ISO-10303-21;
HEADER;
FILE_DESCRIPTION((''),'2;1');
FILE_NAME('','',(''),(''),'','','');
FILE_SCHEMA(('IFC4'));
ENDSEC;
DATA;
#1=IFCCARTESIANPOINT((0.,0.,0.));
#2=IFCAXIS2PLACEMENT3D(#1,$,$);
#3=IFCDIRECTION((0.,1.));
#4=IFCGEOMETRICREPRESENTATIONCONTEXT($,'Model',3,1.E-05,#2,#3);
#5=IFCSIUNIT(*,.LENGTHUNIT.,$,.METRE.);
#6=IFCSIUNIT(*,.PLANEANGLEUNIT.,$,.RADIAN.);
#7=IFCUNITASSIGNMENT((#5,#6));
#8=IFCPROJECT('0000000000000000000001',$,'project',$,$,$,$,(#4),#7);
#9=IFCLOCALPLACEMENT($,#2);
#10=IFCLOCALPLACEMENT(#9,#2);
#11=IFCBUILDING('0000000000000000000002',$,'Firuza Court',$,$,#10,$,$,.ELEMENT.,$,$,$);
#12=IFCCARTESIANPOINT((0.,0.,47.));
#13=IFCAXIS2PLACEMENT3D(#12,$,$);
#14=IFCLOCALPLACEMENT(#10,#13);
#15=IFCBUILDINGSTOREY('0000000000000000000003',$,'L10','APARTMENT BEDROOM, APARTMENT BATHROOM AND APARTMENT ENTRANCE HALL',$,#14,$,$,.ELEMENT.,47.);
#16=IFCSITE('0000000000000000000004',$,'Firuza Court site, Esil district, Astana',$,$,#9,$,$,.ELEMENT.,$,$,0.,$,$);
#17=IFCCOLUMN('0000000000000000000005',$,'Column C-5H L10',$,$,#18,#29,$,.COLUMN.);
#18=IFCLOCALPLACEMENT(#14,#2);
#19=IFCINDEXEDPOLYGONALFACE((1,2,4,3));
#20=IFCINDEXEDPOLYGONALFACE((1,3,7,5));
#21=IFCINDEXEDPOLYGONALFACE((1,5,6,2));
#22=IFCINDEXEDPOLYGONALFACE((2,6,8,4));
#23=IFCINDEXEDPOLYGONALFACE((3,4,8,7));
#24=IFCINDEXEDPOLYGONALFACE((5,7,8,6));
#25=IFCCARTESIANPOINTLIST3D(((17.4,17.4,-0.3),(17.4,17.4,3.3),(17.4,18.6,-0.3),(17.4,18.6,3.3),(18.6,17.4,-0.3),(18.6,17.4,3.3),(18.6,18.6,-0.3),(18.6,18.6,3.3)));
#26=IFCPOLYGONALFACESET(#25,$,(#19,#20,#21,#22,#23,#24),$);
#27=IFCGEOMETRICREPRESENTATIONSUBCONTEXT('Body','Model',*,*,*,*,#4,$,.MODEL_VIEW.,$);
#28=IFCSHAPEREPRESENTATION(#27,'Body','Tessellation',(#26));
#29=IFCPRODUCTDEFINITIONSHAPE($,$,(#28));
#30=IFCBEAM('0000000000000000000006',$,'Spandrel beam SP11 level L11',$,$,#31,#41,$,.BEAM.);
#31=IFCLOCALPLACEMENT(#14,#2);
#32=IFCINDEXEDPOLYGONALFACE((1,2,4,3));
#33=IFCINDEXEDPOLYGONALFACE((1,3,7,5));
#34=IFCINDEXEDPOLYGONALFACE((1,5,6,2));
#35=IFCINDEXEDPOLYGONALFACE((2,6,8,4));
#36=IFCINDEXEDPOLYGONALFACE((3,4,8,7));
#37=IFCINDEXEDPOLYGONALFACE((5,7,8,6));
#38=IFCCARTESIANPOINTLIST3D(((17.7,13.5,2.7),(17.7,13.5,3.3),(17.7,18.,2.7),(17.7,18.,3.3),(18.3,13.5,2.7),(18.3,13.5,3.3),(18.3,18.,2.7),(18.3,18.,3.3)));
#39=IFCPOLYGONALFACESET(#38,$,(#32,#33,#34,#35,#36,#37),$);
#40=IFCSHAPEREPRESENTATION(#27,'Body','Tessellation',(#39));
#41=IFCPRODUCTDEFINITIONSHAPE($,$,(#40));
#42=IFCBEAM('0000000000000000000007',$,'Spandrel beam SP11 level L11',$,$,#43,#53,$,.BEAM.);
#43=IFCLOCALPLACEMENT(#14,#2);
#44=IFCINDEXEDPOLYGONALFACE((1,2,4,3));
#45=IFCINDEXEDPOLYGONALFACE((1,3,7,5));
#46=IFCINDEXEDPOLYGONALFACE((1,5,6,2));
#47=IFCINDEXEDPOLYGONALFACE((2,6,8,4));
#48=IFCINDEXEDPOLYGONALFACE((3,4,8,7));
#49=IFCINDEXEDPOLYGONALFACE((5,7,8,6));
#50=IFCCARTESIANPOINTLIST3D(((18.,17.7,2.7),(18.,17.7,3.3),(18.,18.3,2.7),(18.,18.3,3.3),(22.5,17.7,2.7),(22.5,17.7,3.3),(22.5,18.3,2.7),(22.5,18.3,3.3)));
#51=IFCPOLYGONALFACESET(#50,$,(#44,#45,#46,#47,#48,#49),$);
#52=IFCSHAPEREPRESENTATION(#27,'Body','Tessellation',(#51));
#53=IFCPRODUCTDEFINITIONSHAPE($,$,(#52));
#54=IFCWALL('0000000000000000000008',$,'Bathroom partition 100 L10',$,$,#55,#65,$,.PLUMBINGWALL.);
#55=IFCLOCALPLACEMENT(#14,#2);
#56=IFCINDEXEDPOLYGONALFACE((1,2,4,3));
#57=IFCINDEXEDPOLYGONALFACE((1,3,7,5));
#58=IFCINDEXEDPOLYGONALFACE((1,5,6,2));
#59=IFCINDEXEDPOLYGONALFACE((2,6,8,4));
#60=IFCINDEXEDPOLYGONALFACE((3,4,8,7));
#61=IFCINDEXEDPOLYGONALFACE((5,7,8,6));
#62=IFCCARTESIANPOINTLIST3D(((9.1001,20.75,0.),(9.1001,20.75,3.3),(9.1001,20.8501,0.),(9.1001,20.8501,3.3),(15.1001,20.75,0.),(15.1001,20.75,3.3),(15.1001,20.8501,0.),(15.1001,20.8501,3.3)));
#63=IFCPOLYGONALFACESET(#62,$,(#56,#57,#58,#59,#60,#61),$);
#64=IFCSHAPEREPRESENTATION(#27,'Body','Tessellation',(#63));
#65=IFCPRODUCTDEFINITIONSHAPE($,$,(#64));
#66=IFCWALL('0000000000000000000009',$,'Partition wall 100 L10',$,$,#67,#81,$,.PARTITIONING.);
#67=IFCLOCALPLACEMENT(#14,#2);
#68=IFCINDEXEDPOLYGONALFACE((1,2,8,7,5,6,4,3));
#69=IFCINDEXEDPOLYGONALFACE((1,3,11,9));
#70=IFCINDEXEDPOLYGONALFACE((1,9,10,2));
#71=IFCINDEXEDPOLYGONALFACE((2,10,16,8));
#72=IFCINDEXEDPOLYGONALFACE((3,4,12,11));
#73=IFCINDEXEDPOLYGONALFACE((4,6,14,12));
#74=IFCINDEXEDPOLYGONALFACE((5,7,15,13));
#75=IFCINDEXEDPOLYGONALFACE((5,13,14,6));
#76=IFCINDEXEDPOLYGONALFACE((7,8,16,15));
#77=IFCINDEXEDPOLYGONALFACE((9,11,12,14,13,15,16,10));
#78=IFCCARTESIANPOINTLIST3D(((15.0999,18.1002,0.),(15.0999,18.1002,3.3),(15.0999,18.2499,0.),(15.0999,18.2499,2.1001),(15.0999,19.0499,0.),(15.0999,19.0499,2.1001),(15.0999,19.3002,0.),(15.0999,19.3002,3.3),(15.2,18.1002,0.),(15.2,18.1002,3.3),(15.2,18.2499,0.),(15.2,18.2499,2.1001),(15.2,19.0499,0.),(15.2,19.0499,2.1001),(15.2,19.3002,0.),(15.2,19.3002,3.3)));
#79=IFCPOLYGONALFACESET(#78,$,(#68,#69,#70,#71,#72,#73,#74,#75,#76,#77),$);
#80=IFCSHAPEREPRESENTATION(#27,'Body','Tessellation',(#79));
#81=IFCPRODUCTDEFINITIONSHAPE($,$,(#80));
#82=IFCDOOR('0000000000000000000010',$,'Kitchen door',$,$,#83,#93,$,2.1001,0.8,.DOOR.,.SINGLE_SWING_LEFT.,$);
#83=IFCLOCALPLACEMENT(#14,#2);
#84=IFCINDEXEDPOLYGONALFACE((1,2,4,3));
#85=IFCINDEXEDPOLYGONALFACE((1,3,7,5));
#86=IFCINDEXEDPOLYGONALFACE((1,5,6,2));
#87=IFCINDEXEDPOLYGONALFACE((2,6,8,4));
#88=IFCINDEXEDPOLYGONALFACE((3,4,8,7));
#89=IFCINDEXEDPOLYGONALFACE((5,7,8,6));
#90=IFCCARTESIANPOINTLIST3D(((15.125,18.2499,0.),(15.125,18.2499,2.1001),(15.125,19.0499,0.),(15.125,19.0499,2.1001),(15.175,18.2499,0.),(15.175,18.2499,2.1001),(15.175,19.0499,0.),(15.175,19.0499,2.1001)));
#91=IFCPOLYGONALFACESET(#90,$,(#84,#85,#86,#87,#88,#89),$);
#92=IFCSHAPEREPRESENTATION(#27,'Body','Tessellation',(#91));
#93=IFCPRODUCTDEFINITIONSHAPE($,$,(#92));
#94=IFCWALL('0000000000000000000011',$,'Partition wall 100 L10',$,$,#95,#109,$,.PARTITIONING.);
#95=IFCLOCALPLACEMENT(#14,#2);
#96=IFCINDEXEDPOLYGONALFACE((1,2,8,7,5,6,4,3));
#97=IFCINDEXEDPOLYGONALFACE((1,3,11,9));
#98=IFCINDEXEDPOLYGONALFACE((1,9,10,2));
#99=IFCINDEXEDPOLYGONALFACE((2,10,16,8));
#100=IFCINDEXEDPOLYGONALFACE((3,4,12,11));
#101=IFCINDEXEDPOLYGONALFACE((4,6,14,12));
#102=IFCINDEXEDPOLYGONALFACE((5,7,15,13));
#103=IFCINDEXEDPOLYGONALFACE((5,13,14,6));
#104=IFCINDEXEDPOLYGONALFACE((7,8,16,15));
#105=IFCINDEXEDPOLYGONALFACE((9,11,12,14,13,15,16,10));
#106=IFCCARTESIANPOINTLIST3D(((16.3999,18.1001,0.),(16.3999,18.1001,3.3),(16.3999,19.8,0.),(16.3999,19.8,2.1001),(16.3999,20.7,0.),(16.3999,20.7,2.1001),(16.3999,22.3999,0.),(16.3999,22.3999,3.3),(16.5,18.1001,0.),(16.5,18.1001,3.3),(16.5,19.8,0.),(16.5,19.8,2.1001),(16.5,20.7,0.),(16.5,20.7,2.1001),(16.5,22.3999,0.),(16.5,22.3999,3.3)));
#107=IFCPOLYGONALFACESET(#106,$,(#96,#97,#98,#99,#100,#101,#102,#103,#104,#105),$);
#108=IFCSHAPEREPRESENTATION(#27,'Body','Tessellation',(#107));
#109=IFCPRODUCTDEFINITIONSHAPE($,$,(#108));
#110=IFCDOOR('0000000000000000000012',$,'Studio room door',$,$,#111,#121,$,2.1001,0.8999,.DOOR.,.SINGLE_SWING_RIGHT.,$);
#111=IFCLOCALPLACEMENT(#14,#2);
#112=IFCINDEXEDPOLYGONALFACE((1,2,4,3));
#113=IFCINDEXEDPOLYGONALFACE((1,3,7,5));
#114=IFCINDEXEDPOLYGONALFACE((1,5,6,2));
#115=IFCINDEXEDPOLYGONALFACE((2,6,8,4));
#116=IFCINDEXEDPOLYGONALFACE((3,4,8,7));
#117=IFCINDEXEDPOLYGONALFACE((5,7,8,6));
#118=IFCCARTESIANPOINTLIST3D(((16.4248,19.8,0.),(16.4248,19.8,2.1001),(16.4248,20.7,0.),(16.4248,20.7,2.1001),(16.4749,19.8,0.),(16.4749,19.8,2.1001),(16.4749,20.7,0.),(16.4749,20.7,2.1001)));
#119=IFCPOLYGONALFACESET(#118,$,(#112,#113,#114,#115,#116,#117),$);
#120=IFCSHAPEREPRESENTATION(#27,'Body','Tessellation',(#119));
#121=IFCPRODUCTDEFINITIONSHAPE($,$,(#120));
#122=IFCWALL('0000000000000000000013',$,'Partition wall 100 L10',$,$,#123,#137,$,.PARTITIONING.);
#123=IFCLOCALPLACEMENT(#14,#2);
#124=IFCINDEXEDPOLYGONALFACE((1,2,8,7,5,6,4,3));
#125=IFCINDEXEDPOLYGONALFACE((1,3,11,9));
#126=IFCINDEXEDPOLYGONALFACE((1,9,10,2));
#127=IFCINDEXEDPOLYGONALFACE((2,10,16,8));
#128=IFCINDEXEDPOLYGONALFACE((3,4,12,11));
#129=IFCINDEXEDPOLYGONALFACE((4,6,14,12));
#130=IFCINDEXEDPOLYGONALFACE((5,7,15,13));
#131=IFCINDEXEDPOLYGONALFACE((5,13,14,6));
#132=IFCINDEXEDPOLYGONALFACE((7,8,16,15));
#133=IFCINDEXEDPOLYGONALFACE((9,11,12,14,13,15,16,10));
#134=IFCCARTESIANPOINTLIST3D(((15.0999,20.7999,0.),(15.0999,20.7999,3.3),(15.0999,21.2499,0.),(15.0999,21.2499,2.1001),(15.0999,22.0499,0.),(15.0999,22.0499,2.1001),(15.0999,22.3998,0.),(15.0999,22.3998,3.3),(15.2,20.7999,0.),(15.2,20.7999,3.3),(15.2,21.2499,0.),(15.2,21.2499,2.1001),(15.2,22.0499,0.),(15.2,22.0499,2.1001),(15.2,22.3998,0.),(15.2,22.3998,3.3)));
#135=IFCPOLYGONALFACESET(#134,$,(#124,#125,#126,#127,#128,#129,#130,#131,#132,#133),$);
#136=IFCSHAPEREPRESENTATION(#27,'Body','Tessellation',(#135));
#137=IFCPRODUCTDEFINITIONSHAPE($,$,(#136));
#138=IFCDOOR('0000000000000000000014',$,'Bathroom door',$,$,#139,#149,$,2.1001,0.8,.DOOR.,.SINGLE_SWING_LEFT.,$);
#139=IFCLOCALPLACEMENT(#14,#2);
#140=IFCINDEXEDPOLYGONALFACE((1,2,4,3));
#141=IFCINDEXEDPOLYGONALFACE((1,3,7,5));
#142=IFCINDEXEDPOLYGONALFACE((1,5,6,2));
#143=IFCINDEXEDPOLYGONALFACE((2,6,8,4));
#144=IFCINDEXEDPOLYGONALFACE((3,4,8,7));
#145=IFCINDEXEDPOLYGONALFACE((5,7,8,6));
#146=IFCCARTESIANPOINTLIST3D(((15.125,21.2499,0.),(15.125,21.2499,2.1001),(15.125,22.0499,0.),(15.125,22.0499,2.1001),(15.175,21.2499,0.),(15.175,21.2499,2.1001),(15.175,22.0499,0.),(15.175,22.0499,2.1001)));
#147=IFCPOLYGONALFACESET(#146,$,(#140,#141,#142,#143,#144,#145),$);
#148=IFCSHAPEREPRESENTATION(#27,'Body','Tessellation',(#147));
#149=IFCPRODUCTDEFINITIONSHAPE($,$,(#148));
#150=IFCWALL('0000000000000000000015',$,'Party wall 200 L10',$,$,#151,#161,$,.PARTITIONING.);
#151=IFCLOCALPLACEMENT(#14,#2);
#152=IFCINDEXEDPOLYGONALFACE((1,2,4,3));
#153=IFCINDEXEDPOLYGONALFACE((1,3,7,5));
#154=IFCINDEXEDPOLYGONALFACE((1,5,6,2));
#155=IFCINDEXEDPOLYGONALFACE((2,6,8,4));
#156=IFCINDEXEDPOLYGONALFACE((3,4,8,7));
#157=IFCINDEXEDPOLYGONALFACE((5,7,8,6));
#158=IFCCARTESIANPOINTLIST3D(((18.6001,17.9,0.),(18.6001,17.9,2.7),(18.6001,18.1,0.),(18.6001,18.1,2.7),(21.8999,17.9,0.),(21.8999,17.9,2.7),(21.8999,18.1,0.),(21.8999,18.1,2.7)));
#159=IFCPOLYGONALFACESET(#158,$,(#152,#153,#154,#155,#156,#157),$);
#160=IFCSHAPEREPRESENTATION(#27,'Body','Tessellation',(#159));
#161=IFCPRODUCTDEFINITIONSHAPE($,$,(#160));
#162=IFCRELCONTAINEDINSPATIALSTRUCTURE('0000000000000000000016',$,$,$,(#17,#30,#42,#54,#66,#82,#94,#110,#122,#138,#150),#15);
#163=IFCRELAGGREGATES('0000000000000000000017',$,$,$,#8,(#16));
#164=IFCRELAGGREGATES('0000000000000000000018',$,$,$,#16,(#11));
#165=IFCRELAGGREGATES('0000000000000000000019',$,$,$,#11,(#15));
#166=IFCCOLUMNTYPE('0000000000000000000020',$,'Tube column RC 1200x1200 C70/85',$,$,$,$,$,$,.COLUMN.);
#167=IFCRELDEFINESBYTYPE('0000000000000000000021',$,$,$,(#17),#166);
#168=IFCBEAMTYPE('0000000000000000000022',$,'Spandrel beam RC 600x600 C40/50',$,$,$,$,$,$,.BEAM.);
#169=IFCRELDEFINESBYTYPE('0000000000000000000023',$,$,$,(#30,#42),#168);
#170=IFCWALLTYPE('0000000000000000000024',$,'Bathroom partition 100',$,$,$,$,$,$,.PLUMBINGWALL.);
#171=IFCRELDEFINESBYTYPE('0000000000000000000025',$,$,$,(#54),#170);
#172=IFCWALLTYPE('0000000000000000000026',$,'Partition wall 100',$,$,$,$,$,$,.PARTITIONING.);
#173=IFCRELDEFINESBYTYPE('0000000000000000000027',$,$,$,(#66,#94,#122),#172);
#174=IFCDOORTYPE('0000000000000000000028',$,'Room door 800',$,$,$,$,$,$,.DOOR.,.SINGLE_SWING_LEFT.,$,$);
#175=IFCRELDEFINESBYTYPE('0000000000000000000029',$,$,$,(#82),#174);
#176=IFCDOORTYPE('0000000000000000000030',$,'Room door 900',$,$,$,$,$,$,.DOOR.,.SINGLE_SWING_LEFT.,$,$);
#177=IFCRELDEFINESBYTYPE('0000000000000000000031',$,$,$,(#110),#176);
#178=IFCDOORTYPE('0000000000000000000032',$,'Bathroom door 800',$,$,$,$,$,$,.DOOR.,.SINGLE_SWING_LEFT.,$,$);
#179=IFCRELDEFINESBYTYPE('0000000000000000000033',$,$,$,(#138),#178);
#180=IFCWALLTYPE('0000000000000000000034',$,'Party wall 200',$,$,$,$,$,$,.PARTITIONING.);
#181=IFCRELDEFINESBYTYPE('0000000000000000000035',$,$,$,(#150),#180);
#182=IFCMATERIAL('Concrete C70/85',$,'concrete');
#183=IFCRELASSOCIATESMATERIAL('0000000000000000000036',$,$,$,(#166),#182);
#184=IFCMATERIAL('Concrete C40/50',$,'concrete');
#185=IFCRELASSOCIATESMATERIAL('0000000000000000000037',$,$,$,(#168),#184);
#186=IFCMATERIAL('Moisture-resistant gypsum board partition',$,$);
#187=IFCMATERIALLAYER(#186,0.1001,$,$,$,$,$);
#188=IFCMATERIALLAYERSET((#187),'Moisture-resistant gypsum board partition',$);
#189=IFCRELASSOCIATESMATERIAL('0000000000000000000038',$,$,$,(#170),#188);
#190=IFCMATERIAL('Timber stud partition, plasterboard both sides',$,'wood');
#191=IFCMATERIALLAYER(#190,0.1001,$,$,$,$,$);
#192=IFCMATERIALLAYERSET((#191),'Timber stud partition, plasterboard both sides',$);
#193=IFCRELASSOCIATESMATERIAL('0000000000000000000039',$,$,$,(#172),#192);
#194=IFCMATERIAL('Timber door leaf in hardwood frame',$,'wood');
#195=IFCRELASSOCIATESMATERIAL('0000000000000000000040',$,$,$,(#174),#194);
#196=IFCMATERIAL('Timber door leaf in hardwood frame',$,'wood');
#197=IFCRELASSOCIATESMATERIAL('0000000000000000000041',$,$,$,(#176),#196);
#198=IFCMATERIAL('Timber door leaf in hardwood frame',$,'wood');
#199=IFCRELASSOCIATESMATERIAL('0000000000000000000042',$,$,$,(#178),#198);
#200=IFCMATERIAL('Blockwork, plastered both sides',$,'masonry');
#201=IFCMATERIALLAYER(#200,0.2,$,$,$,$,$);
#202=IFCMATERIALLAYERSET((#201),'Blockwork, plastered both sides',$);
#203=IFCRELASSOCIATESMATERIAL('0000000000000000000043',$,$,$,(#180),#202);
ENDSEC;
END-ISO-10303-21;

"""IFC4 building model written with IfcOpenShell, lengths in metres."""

from ifc_helpers import new_model, si_unit, direction, frame, frame_2d, origin, origin_2d, place, context, subcontext, project, spatial, rectangle, extrude, material, layer, layer_set, material_profile, profile_set, type_object, element, fill, save


model = new_model("IFC4")

# Units and contexts
model_context = context("Model", 3, precision=1e-05, world=origin(), true_north=direction((0.0, 1.0)))
body_context = subcontext(model_context, "Body", "Model", "MODEL_VIEW")
ifc_project = project(units=[si_unit("LENGTHUNIT", "METRE"), si_unit("PLANEANGLEUNIT", "RADIAN")], contexts=[model_context])

# Site, building, storey
site_placement = place(None, origin())
site = spatial("IfcSite", under=ifc_project, at=site_placement, Name="Firuza Court site, Esil district, Astana", CompositionType="ELEMENT", RefElevation=0.0)
building_placement = place(site_placement, origin())
building = spatial("IfcBuilding", under=site, at=building_placement, Name="Firuza Court", CompositionType="ELEMENT")
storey_placement = place(building_placement, frame((0.0, 0.0, 47.0)))
storey = spatial("IfcBuildingStorey", under=building, at=storey_placement, Name="L10", Description="APARTMENT BEDROOM, APARTMENT BATHROOM AND APARTMENT ENTRANCE HALL", CompositionType="ELEMENT", Elevation=47.0)

# Column
ifc_material_1 = material(Name="Concrete C70/85", Category="concrete")
ifc_material_profile_1 = material_profile(ifc_material_1, rectangle(XDim=1.2, YDim=1.2, at=origin_2d()), Name="RC 1200x1200")
ifc_profile_set_1 = profile_set([ifc_material_profile_1], Name="Concrete C70/85")
column_type = type_object("IfcColumnType", Name="Tube column RC 1200x1200 C70/85", PredefinedType="COLUMN", material=ifc_profile_set_1)
column_placement = place(storey_placement, frame((18.0, 18.0, -0.3), z_axis=(0.0, 0.0, 1.0), x_axis=(1.0, 0.0, 0.0)))
element("IfcColumn", 1, at=column_placement, inside=storey, type_object=column_type, Name="Column C-5H L10", PredefinedType="COLUMN", context=body_context, shape_type="SweptSolid", body=[
    extrude(rectangle(XDim=1.2, YDim=1.2, at=origin_2d()), origin(), (0.0, 0.0, 1.0), 3.6001),
])

# Beams
ifc_material_2 = material(Name="Concrete C40/50", Category="concrete")
ifc_material_profile_2 = material_profile(ifc_material_2, rectangle(XDim=0.6001, YDim=0.6001, at=origin_2d()), Name="RC 600x600")
ifc_profile_set_2 = profile_set([ifc_material_profile_2], Name="Concrete C40/50")
beam_type = type_object("IfcBeamType", Name="Spandrel beam RC 600x600 C40/50", PredefinedType="BEAM", material=ifc_profile_set_2)
for number, where, z_axis, x_axis, name in (
    (2, (18.0, 13.5, 3.0), (0.0, 1.0, 0.0), (-1.0, 0.0, 0.0), "Spandrel beam SP11 level L11"),
    (3, (18.0, 18.0, 3.0), (1.0, 0.0, 0.0), (0.0, 1.0, 0.0), "Spandrel beam SP11 level L11"),
):
    element("IfcBeam", number, at=place(storey_placement, frame(where, z_axis=z_axis, x_axis=x_axis)), inside=storey, type_object=beam_type, Name=name, PredefinedType="BEAM", context=body_context, shape_type="SweptSolid", body=[
        extrude(rectangle(XDim=0.6001, YDim=0.6001, at=origin_2d()), origin(), (0.0, 0.0, 1.0), 4.5),
    ])

# Wall
ifc_material_3 = material(Name="Moisture-resistant gypsum board partition")
ifc_layer_1 = layer(ifc_material_3, 0.1001)
ifc_layer_set_1 = layer_set([ifc_layer_1], Name="Moisture-resistant gypsum board partition")
wall_type_1 = type_object("IfcWallType", Name="Bathroom partition 100", PredefinedType="PLUMBINGWALL", material=ifc_layer_set_1)
wall_1_placement = place(storey_placement, frame((9.1001, 20.8, 0.0), z_axis=(0.0, 0.0, 1.0), x_axis=(1.0, 0.0, 0.0)))
element("IfcWall", 4, at=wall_1_placement, inside=storey, type_object=wall_type_1, Name="Bathroom partition 100 L10", PredefinedType="PLUMBINGWALL", context=body_context, shape_type="SweptSolid", body=[
    extrude(rectangle(XDim=6.0, YDim=0.1001, at=frame_2d((3.0, 0.0))), origin(), (0.0, 0.0, 1.0), 3.3),
])

# Walls, openings, doors
ifc_material_4 = material(Name="Timber stud partition, plasterboard both sides", Category="wood")
ifc_layer_2 = layer(ifc_material_4, 0.1001)
ifc_layer_set_2 = layer_set([ifc_layer_2], Name="Timber stud partition, plasterboard both sides")
wall_type_2 = type_object("IfcWallType", Name="Partition wall 100", PredefinedType="PARTITIONING", material=ifc_layer_set_2)
wall_2_placement = place(storey_placement, frame((15.1499, 18.1001, 0.0), z_axis=(0.0, 0.0, 1.0), x_axis=(0.0, 1.0, 0.0)))
wall_2 = element("IfcWall", 5, at=wall_2_placement, inside=storey, type_object=wall_type_2, Name="Partition wall 100 L10", PredefinedType="PARTITIONING", context=body_context, shape_type="SweptSolid", body=[
    extrude(rectangle(XDim=1.2, YDim=0.1001, at=frame_2d((0.6001, 0.0))), origin(), (0.0, 0.0, 1.0), 3.3),
])
opening_1_placement = place(wall_2_placement, frame((0.1499, 0.0, 0.0)))
opening_1 = element("IfcOpeningElement", 6, at=opening_1_placement, cuts=wall_2, PredefinedType="OPENING", context=body_context, shape_type="SweptSolid", body=[
    extrude(rectangle(XDim=0.8, YDim=2.1001, at=frame_2d((0.3999, 1.05))), frame((0.0, 0.062, 0.0), z_axis=(0.0, -1.0, 0.0), x_axis=(1.0, 0.0, 0.0)), (0.0, 0.0, 1.0), 0.124),
])
ifc_material_5 = material(Name="Timber door leaf in hardwood frame", Category="wood")
door_type_1 = type_object("IfcDoorType", Name="Room door 800", OperationType="SINGLE_SWING_LEFT", PredefinedType="DOOR", material=ifc_material_5)
door_1_placement = place(opening_1_placement, origin())
door_1 = element("IfcDoor", 7, at=door_1_placement, inside=storey, type_object=door_type_1, Name="Kitchen door", OperationType="SINGLE_SWING_LEFT", OverallHeight=2.1001, OverallWidth=0.8, PredefinedType="DOOR", context=body_context, shape_type="SweptSolid", body=[
    extrude(rectangle(XDim=0.8, YDim=2.1001, at=frame_2d((0.3999, 1.05))), frame((0.0, 0.0249, 0.0), z_axis=(0.0, -1.0, 0.0), x_axis=(1.0, 0.0, 0.0)), (0.0, 0.0, 1.0), 0.05),
])
fill(opening_1, door_1)
wall_3_placement = place(storey_placement, frame((16.45, 18.1001, 0.0), z_axis=(0.0, 0.0, 1.0), x_axis=(0.0, 1.0, 0.0)))
wall_3 = element("IfcWall", 8, at=wall_3_placement, inside=storey, type_object=wall_type_2, Name="Partition wall 100 L10", PredefinedType="PARTITIONING", context=body_context, shape_type="SweptSolid", body=[
    extrude(rectangle(XDim=4.2998, YDim=0.1001, at=frame_2d((2.1499, 0.0))), origin(), (0.0, 0.0, 1.0), 3.3),
])
opening_2_placement = place(wall_3_placement, frame((1.7, 0.0, 0.0)))
opening_2 = element("IfcOpeningElement", 9, at=opening_2_placement, cuts=wall_3, PredefinedType="OPENING", context=body_context, shape_type="SweptSolid", body=[
    extrude(rectangle(XDim=0.8999, YDim=2.1001, at=frame_2d((0.45, 1.05))), frame((0.0, 0.062, 0.0), z_axis=(0.0, -1.0, 0.0), x_axis=(1.0, 0.0, 0.0)), (0.0, 0.0, 1.0), 0.124),
])
ifc_material_6 = material(Name="Timber door leaf in hardwood frame", Category="wood")
door_type_2 = type_object("IfcDoorType", Name="Room door 900", OperationType="SINGLE_SWING_LEFT", PredefinedType="DOOR", material=ifc_material_6)
door_2_placement = place(opening_2_placement, frame((0.8999, 0.0, 0.0), z_axis=(0.0, 0.0, 1.0), x_axis=(-1.0, 0.0, 0.0)))
door_2 = element("IfcDoor", 10, at=door_2_placement, inside=storey, type_object=door_type_2, Name="Studio room door", OperationType="SINGLE_SWING_RIGHT", OverallHeight=2.1001, OverallWidth=0.8999, PredefinedType="DOOR", context=body_context, shape_type="SweptSolid", body=[
    extrude(rectangle(XDim=0.8999, YDim=2.1001, at=frame_2d((0.45, 1.05))), frame((0.0, 0.0249, 0.0), z_axis=(0.0, -1.0, 0.0), x_axis=(1.0, 0.0, 0.0)), (0.0, 0.0, 1.0), 0.05),
])
fill(opening_2, door_2)
wall_4_placement = place(storey_placement, frame((15.1499, 20.8, 0.0), z_axis=(0.0, 0.0, 1.0), x_axis=(0.0, 1.0, 0.0)))
wall_4 = element("IfcWall", 11, at=wall_4_placement, inside=storey, type_object=wall_type_2, Name="Partition wall 100 L10", PredefinedType="PARTITIONING", context=body_context, shape_type="SweptSolid", body=[
    extrude(rectangle(XDim=1.5999, YDim=0.1001, at=frame_2d((0.7998, 0.0))), origin(), (0.0, 0.0, 1.0), 3.3),
])
opening_3_placement = place(wall_4_placement, frame((0.45, 0.0, 0.0)))
opening_3 = element("IfcOpeningElement", 12, at=opening_3_placement, cuts=wall_4, PredefinedType="OPENING", context=body_context, shape_type="SweptSolid", body=[
    extrude(rectangle(XDim=0.8, YDim=2.1001, at=frame_2d((0.3999, 1.05))), frame((0.0, 0.062, 0.0), z_axis=(0.0, -1.0, 0.0), x_axis=(1.0, 0.0, 0.0)), (0.0, 0.0, 1.0), 0.124),
])
ifc_material_7 = material(Name="Timber door leaf in hardwood frame", Category="wood")
door_type_3 = type_object("IfcDoorType", Name="Bathroom door 800", OperationType="SINGLE_SWING_LEFT", PredefinedType="DOOR", material=ifc_material_7)
door_3_placement = place(opening_3_placement, origin())
door_3 = element("IfcDoor", 13, at=door_3_placement, inside=storey, type_object=door_type_3, Name="Bathroom door", OperationType="SINGLE_SWING_LEFT", OverallHeight=2.1001, OverallWidth=0.8, PredefinedType="DOOR", context=body_context, shape_type="SweptSolid", body=[
    extrude(rectangle(XDim=0.8, YDim=2.1001, at=frame_2d((0.3999, 1.05))), frame((0.0, 0.0249, 0.0), z_axis=(0.0, -1.0, 0.0), x_axis=(1.0, 0.0, 0.0)), (0.0, 0.0, 1.0), 0.05),
])
fill(opening_3, door_3)

# Wall
ifc_material_8 = material(Name="Blockwork, plastered both sides", Category="masonry")
ifc_layer_3 = layer(ifc_material_8, 0.2)
ifc_layer_set_3 = layer_set([ifc_layer_3], Name="Blockwork, plastered both sides")
wall_type_3 = type_object("IfcWallType", Name="Party wall 200", PredefinedType="PARTITIONING", material=ifc_layer_set_3)
wall_5_placement = place(storey_placement, frame((18.6001, 18.0, 0.0), z_axis=(0.0, 0.0, 1.0), x_axis=(1.0, 0.0, 0.0)))
element("IfcWall", 14, at=wall_5_placement, inside=storey, type_object=wall_type_3, Name="Party wall 200 L10", PredefinedType="PARTITIONING", context=body_context, shape_type="SweptSolid", body=[
    extrude(rectangle(XDim=3.2998, YDim=0.2, at=frame_2d((1.6499, 0.0))), origin(), (0.0, 0.0, 1.0), 2.7),
])

save(model, "model.ifc")
